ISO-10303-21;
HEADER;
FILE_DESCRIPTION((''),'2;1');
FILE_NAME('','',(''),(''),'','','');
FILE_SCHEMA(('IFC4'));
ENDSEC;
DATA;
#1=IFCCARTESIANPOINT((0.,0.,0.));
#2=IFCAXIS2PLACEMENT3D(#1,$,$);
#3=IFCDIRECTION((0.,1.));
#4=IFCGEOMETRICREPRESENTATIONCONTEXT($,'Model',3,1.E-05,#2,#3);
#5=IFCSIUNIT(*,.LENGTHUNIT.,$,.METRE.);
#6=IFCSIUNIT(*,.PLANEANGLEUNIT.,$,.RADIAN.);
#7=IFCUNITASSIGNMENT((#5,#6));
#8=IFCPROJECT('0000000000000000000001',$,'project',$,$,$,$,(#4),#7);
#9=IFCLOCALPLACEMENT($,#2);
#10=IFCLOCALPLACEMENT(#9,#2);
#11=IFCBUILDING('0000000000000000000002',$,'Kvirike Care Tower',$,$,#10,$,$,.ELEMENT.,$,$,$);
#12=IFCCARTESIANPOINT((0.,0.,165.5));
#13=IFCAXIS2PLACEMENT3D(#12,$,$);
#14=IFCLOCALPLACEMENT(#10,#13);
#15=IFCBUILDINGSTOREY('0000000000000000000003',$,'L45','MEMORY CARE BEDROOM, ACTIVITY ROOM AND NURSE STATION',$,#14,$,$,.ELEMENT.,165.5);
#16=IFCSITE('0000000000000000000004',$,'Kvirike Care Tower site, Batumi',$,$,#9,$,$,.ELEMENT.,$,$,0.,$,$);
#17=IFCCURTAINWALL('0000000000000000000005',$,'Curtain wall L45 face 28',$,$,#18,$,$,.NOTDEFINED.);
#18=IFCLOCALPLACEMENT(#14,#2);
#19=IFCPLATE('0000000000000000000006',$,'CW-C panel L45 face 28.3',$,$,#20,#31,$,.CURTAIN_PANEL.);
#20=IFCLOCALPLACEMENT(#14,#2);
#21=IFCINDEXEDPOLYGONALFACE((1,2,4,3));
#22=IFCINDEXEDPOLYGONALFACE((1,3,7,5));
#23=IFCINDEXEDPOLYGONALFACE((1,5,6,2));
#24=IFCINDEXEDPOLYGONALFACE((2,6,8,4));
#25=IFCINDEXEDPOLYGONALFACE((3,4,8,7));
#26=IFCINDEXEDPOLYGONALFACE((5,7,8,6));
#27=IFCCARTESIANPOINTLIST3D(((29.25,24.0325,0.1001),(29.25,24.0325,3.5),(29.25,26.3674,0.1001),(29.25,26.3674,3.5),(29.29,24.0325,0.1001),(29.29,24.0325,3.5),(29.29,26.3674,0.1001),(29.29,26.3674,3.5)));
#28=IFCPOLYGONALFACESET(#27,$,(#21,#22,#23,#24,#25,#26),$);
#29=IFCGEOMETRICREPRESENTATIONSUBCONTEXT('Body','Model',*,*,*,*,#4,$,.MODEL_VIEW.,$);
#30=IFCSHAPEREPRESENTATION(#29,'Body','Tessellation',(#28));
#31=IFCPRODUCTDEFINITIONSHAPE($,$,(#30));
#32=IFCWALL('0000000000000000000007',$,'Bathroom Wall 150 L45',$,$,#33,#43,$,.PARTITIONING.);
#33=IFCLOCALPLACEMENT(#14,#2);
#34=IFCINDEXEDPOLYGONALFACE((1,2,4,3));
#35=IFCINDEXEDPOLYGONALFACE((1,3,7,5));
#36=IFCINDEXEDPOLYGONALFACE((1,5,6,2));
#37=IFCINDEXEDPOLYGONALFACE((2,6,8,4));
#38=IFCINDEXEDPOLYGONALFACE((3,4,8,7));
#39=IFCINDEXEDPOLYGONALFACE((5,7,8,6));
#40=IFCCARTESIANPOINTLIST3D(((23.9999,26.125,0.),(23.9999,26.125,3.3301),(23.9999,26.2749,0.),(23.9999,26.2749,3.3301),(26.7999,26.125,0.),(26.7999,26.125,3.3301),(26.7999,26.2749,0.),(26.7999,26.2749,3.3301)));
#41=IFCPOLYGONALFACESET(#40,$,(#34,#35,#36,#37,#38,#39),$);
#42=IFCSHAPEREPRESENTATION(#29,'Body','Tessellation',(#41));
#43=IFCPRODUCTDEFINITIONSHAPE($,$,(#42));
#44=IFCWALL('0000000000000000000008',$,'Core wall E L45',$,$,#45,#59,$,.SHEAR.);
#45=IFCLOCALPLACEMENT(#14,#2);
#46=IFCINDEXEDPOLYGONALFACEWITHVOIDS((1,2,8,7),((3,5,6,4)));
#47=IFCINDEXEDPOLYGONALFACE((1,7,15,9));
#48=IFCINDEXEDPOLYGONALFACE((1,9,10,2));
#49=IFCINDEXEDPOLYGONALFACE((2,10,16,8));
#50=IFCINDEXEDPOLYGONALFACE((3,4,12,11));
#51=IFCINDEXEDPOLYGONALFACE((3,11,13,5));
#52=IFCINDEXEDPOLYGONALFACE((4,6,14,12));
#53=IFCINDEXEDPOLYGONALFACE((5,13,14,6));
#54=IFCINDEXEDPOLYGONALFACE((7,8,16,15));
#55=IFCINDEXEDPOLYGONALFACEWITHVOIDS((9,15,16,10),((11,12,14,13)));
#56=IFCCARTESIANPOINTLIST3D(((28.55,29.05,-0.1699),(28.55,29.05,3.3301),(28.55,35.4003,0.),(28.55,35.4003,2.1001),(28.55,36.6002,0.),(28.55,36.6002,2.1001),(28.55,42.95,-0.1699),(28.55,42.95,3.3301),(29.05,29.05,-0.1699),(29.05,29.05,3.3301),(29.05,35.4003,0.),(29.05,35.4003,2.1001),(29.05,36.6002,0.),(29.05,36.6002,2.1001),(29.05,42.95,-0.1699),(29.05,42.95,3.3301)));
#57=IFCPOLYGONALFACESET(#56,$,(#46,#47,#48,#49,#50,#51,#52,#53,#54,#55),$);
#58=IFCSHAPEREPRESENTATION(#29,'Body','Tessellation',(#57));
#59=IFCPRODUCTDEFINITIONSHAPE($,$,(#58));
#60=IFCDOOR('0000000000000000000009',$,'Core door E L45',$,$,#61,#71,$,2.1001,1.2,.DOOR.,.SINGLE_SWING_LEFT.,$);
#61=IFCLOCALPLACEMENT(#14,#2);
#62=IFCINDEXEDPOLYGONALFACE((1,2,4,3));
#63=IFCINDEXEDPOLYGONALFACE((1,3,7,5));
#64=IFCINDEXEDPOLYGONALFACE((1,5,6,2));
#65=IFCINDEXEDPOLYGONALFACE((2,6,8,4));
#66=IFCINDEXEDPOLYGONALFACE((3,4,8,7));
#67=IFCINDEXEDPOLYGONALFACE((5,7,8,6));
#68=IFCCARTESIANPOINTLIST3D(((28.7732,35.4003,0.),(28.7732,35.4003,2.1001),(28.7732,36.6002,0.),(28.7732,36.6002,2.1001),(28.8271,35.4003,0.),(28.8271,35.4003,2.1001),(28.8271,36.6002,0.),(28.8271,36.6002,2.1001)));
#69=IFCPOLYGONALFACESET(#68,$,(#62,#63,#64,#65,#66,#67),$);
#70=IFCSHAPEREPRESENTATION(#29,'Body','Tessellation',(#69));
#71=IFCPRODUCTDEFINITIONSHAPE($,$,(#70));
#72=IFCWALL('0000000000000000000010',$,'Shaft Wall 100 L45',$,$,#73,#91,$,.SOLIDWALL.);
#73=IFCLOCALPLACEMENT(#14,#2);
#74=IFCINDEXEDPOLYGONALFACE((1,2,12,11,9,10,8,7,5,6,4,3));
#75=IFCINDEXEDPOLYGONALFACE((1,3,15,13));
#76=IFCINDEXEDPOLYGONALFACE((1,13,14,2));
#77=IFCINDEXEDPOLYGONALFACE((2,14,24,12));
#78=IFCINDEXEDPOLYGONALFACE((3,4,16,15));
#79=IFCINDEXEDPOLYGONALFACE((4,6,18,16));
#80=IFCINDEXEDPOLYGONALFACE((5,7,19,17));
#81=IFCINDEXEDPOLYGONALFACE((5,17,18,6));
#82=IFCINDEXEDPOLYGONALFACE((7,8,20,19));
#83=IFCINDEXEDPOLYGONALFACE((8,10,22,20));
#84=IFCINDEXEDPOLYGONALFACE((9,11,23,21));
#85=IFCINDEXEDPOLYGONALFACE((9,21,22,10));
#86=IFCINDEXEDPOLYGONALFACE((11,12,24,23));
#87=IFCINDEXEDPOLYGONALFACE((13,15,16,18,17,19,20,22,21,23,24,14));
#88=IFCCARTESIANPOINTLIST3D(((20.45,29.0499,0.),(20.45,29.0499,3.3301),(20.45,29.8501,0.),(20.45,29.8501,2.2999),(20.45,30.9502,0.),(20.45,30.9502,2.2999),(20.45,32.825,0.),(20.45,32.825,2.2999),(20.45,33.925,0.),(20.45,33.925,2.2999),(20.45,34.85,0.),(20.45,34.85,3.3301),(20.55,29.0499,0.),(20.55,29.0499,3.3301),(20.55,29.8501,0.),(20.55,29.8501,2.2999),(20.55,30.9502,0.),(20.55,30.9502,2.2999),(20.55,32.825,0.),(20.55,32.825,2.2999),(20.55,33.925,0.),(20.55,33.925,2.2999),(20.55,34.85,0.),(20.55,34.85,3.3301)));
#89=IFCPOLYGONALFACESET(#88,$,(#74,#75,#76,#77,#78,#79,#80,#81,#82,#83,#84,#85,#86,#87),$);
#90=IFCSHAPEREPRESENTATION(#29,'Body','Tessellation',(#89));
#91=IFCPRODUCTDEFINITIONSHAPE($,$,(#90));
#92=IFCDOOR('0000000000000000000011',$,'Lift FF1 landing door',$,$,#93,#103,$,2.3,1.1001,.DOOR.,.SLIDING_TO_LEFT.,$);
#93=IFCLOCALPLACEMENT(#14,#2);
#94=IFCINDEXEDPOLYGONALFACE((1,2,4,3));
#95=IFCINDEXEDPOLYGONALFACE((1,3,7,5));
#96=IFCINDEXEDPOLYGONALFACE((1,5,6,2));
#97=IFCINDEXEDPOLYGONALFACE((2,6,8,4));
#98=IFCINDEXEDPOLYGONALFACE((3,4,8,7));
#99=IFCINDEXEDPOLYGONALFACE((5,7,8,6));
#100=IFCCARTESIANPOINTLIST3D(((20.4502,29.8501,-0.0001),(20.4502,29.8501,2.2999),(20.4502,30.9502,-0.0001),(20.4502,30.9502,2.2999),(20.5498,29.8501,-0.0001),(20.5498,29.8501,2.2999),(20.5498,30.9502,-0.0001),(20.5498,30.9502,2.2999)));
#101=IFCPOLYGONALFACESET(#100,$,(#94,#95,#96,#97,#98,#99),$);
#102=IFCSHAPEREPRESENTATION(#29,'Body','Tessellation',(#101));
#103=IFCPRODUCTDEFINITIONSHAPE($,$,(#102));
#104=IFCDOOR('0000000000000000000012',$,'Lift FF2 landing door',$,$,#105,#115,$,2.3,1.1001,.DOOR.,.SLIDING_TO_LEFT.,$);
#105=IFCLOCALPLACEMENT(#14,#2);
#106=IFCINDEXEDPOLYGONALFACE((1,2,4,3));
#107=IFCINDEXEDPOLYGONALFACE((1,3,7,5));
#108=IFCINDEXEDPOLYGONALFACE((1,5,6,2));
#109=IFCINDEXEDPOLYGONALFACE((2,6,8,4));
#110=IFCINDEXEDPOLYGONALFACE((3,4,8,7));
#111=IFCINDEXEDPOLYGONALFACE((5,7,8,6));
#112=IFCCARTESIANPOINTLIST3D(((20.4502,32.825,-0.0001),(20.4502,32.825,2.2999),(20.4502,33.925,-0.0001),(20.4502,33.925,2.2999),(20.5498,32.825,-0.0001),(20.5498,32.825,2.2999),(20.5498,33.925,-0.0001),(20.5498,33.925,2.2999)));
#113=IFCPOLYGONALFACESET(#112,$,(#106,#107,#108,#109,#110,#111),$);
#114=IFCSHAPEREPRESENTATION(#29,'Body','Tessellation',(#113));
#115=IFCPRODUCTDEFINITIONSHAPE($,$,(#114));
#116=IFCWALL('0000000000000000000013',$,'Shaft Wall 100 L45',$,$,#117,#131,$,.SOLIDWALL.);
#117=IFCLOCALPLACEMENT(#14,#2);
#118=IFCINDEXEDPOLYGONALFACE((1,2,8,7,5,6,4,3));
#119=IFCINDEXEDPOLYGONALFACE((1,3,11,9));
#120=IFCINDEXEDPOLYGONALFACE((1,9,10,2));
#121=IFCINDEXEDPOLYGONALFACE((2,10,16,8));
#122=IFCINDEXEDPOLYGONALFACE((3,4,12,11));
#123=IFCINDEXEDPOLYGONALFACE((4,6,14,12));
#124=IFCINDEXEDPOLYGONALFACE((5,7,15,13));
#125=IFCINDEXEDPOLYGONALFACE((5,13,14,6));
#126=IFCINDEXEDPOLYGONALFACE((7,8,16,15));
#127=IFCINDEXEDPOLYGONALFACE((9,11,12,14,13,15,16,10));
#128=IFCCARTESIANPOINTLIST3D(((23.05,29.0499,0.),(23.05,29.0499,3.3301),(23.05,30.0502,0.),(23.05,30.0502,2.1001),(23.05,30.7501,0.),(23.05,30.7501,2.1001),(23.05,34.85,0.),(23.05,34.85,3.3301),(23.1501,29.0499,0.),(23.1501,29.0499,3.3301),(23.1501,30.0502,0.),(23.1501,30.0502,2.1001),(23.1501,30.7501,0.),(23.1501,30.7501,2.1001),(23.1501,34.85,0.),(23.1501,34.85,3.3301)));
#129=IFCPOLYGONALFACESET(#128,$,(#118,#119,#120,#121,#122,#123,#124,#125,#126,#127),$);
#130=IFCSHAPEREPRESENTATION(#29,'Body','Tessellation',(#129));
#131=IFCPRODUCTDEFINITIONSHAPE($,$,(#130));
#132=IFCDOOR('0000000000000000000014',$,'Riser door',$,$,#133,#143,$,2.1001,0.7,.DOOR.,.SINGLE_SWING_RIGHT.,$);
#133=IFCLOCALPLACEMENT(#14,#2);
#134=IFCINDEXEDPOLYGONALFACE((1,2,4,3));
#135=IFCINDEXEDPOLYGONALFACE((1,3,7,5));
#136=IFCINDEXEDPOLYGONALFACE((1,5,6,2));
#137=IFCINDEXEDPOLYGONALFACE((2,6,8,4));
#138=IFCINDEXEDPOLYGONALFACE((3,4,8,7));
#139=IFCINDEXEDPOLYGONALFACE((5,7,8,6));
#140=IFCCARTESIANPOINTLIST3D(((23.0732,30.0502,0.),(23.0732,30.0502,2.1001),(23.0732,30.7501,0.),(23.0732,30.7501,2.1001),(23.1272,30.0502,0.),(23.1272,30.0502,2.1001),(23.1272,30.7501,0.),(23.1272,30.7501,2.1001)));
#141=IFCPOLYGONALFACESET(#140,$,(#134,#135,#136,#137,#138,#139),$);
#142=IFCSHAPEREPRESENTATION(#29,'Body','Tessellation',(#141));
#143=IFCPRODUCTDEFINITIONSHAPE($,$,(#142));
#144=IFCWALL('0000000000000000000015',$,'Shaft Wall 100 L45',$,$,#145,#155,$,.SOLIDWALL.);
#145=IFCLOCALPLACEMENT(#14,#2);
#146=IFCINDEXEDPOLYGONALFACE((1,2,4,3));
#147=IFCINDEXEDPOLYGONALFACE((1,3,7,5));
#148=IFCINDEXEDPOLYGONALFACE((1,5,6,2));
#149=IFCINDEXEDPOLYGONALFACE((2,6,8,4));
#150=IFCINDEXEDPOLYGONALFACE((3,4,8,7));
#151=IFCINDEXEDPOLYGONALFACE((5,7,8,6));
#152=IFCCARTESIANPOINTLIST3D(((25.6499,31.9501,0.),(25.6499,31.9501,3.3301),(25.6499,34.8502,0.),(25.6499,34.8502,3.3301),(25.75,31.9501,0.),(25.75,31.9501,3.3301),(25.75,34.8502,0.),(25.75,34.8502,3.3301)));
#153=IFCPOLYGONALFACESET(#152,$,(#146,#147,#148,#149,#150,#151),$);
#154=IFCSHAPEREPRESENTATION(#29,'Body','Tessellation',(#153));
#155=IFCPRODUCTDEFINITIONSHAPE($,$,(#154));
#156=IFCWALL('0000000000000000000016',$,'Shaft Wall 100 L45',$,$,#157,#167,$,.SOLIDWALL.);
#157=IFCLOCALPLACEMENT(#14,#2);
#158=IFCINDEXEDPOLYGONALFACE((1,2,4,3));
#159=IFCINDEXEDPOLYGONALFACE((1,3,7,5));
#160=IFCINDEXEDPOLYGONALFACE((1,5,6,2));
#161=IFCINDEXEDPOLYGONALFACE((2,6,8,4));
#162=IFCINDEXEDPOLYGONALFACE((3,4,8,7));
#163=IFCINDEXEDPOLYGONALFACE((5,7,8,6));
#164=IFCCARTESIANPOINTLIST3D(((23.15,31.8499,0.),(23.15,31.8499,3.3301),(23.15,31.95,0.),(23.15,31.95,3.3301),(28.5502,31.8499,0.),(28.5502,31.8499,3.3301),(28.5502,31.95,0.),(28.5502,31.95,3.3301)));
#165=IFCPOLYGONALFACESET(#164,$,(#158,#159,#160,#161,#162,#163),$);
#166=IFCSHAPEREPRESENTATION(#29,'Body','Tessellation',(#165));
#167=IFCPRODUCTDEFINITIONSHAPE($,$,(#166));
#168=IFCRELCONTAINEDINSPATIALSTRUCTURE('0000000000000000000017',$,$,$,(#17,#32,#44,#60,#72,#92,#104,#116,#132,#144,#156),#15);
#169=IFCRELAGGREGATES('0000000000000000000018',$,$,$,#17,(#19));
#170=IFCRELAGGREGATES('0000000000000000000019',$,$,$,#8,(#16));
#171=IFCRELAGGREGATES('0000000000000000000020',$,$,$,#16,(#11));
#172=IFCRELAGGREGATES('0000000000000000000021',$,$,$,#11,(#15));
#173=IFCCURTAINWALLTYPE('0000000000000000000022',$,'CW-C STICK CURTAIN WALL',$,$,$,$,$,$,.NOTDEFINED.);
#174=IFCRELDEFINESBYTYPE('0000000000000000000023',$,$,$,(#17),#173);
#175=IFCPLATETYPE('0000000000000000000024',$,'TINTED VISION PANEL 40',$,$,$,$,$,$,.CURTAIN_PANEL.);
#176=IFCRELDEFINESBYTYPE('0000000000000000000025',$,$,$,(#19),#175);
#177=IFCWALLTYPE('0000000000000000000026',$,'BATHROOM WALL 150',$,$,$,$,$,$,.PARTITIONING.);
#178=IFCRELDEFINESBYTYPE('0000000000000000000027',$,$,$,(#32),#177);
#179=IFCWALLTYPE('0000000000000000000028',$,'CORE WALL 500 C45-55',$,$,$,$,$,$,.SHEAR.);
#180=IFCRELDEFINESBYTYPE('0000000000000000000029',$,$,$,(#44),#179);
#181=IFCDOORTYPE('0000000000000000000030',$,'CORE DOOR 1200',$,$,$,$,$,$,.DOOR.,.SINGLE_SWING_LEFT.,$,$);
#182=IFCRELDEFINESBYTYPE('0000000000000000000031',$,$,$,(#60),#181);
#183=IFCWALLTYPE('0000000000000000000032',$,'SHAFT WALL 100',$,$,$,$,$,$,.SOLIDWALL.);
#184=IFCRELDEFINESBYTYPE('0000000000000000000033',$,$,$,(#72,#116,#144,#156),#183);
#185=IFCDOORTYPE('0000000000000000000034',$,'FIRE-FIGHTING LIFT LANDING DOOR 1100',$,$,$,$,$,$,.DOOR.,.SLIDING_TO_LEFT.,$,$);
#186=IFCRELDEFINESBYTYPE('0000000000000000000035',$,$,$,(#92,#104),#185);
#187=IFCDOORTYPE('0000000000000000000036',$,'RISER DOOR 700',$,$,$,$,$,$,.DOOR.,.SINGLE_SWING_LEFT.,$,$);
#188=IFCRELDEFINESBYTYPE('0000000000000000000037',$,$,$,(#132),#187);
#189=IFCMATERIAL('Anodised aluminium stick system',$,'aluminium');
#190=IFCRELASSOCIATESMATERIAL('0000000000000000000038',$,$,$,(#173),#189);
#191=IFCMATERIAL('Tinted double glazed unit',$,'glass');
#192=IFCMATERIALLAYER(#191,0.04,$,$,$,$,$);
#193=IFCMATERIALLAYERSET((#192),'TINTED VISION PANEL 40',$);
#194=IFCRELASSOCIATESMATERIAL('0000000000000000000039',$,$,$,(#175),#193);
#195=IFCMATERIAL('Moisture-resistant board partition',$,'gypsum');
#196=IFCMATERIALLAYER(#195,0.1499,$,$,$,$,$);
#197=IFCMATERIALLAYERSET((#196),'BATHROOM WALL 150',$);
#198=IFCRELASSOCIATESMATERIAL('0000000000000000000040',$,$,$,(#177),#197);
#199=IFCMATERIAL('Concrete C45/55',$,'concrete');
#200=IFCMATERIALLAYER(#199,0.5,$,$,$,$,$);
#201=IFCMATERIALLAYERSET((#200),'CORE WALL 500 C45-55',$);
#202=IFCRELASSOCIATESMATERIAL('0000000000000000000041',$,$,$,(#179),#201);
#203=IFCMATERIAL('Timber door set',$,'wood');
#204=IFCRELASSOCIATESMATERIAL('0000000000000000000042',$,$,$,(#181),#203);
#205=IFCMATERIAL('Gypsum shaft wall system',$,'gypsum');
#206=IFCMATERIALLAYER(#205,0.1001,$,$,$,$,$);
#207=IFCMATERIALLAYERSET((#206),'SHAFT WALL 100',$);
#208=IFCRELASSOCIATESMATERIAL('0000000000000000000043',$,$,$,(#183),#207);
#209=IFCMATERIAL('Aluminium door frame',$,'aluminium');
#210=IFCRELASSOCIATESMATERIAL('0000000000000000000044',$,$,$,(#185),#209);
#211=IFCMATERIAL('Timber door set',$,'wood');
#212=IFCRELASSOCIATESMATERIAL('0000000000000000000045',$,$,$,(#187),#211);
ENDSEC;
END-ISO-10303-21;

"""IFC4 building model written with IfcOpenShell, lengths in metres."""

from ifc_helpers import new_model, si_unit, direction, frame, frame_2d, origin, origin_2d, place, context, subcontext, project, spatial, rectangle, extrude, material, layer, layer_set, type_object, element, fill, aggregate, save


model = new_model("IFC4")

# Units and contexts
model_context = context("Model", 3, precision=1e-05, world=origin(), true_north=direction((0.0, 1.0)))
body_context = subcontext(model_context, "Body", "Model", "MODEL_VIEW")
ifc_project = project(units=[si_unit("LENGTHUNIT", "METRE"), si_unit("PLANEANGLEUNIT", "RADIAN")], contexts=[model_context])

# Site, building, storey
site_placement = place(None, origin())
site = spatial("IfcSite", under=ifc_project, at=site_placement, Name="Kvirike Care Tower site, Batumi", CompositionType="ELEMENT", RefElevation=0.0)
building_placement = place(site_placement, origin())
building = spatial("IfcBuilding", under=site, at=building_placement, Name="Kvirike Care Tower", CompositionType="ELEMENT")
storey_placement = place(building_placement, frame((0.0, 0.0, 165.5)))
storey = spatial("IfcBuildingStorey", under=building, at=storey_placement, Name="L45", Description="MEMORY CARE BEDROOM, ACTIVITY ROOM AND NURSE STATION", CompositionType="ELEMENT", Elevation=165.5)

# Curtain wall
ifc_material_1 = material(Name="Anodised aluminium stick system", Category="aluminium")
curtain_wall_type = type_object("IfcCurtainWallType", Name="CW-C STICK CURTAIN WALL", PredefinedType="NOTDEFINED", material=ifc_material_1)
curtain_wall_placement = place(storey_placement, origin())
curtain_wall = element("IfcCurtainWall", 1, at=curtain_wall_placement, inside=storey, type_object=curtain_wall_type, Name="Curtain wall L45 face 28", PredefinedType="NOTDEFINED")

# Plate
ifc_material_2 = material(Name="Tinted double glazed unit", Category="glass")
ifc_layer_1 = layer(ifc_material_2, 0.04)
ifc_layer_set_1 = layer_set([ifc_layer_1], Name="TINTED VISION PANEL 40")
plate_type = type_object("IfcPlateType", Name="TINTED VISION PANEL 40", PredefinedType="CURTAIN_PANEL", material=ifc_layer_set_1)
plate_placement = place(storey_placement, frame((29.27, 25.2, 0.1001), z_axis=(0.0, 0.0, 1.0), x_axis=(0.0, 1.0, 0.0)))
plate = element("IfcPlate", 2, at=plate_placement, type_object=plate_type, Name="CW-C panel L45 face 28.3", PredefinedType="CURTAIN_PANEL", context=body_context, shape_type="SweptSolid", body=[
    extrude(rectangle(XDim=2.335, YDim=0.04, at=origin_2d()), origin(), (0.0, 0.0, 1.0), 3.3999),
])
aggregate(curtain_wall, [plate])

# Wall
ifc_material_3 = material(Name="Moisture-resistant board partition", Category="gypsum")
ifc_layer_2 = layer(ifc_material_3, 0.1499)
ifc_layer_set_2 = layer_set([ifc_layer_2], Name="BATHROOM WALL 150")
wall_type_1 = type_object("IfcWallType", Name="BATHROOM WALL 150", PredefinedType="PARTITIONING", material=ifc_layer_set_2)
wall_1_placement = place(storey_placement, frame((24.0, 26.2, 0.0), z_axis=(0.0, 0.0, 1.0), x_axis=(1.0, 0.0, 0.0)))
element("IfcWall", 3, at=wall_1_placement, inside=storey, type_object=wall_type_1, Name="Bathroom Wall 150 L45", PredefinedType="PARTITIONING", context=body_context, shape_type="SweptSolid", body=[
    extrude(rectangle(XDim=2.8, YDim=0.1499, at=frame_2d((1.3999, 0.0))), origin(), (0.0, 0.0, 1.0), 3.3301),
])

# Wall, opening, door
ifc_material_4 = material(Name="Concrete C45/55", Category="concrete")
ifc_layer_3 = layer(ifc_material_4, 0.5)
ifc_layer_set_3 = layer_set([ifc_layer_3], Name="CORE WALL 500 C45-55")
wall_type_2 = type_object("IfcWallType", Name="CORE WALL 500 C45-55", PredefinedType="SHEAR", material=ifc_layer_set_3)
wall_2_placement = place(storey_placement, frame((28.8, 29.05, -0.1699), z_axis=(0.0, 0.0, 1.0), x_axis=(0.0, 1.0, 0.0)))
wall_2 = element("IfcWall", 4, at=wall_2_placement, inside=storey, type_object=wall_type_2, Name="Core wall E L45", PredefinedType="SHEAR", context=body_context, shape_type="SweptSolid", body=[
    extrude(rectangle(XDim=13.8999, YDim=0.5, at=frame_2d((6.95, 0.0))), origin(), (0.0, 0.0, 1.0), 3.5),
])
opening_1_placement = place(wall_2_placement, frame((6.3501, 0.0, 0.1699)))
opening_1 = element("IfcOpeningElement", 5, at=opening_1_placement, cuts=wall_2, PredefinedType="OPENING", context=body_context, shape_type="SweptSolid", body=[
    extrude(rectangle(XDim=1.2, YDim=2.1001, at=frame_2d((0.6001, 1.05))), frame((0.0, 0.2605, 0.0), z_axis=(0.0, -1.0, 0.0), x_axis=(1.0, 0.0, 0.0)), (0.0, 0.0, 1.0), 0.521),
])
ifc_material_5 = material(Name="Timber door set", Category="wood")
door_type_1 = type_object("IfcDoorType", Name="CORE DOOR 1200", OperationType="SINGLE_SWING_LEFT", PredefinedType="DOOR", material=ifc_material_5)
door_1_placement = place(opening_1_placement, origin())
door_1 = element("IfcDoor", 6, at=door_1_placement, inside=storey, type_object=door_type_1, Name="Core door E L45", OperationType="SINGLE_SWING_LEFT", OverallHeight=2.1001, OverallWidth=1.2, PredefinedType="DOOR", context=body_context, shape_type="SweptSolid", body=[
    extrude(rectangle(XDim=1.2, YDim=2.1001, at=frame_2d((0.6001, 1.05))), frame((0.0, 0.0269, 0.0), z_axis=(0.0, -1.0, 0.0), x_axis=(1.0, 0.0, 0.0)), (0.0, 0.0, 1.0), 0.054),
])
fill(opening_1, door_1)

# Wall, openings, doors
ifc_material_6 = material(Name="Gypsum shaft wall system", Category="gypsum")
ifc_layer_4 = layer(ifc_material_6, 0.1001)
ifc_layer_set_4 = layer_set([ifc_layer_4], Name="SHAFT WALL 100")
wall_type_3 = type_object("IfcWallType", Name="SHAFT WALL 100", PredefinedType="SOLIDWALL", material=ifc_layer_set_4)
wall_3_placement = place(storey_placement, frame((20.5, 29.05, 0.0), z_axis=(0.0, 0.0, 1.0), x_axis=(0.0, 1.0, 0.0)))
wall_3 = element("IfcWall", 7, at=wall_3_placement, inside=storey, type_object=wall_type_3, Name="Shaft Wall 100 L45", PredefinedType="SOLIDWALL", context=body_context, shape_type="SweptSolid", body=[
    extrude(rectangle(XDim=5.8, YDim=0.1001, at=frame_2d((2.8999, 0.0))), origin(), (0.0, 0.0, 1.0), 3.3301),
])
opening_2_placement = place(wall_3_placement, frame((0.8, 0.0, 0.0)))
opening_2 = element("IfcOpeningElement", 8, at=opening_2_placement, cuts=wall_3, PredefinedType="OPENING", context=body_context, shape_type="SweptSolid", body=[
    extrude(rectangle(XDim=1.1001, YDim=2.3, at=frame_2d((0.55, 1.1499))), frame((0.0, 0.0605, 0.0), z_axis=(0.0, -1.0, 0.0), x_axis=(1.0, 0.0, 0.0)), (0.0, 0.0, 1.0), 0.1211),
])
opening_3_placement = place(wall_3_placement, frame((3.7749, 0.0, 0.0)))
opening_3 = element("IfcOpeningElement", 9, at=opening_3_placement, cuts=wall_3, PredefinedType="OPENING", context=body_context, shape_type="SweptSolid", body=[
    extrude(rectangle(XDim=1.1001, YDim=2.3, at=frame_2d((0.55, 1.1499))), frame((0.0, 0.0605, 0.0), z_axis=(0.0, -1.0, 0.0), x_axis=(1.0, 0.0, 0.0)), (0.0, 0.0, 1.0), 0.1211),
])
ifc_material_7 = material(Name="Aluminium door frame", Category="aluminium")
door_type_2 = type_object("IfcDoorType", Name="FIRE-FIGHTING LIFT LANDING DOOR 1100", OperationType="SLIDING_TO_LEFT", PredefinedType="DOOR", material=ifc_material_7)
door_2_placement = place(opening_2_placement, origin())
door_2 = element("IfcDoor", 10, at=door_2_placement, inside=storey, type_object=door_type_2, Name="Lift FF1 landing door", OperationType="SLIDING_TO_LEFT", OverallHeight=2.3, OverallWidth=1.1001, PredefinedType="DOOR", context=body_context, shape_type="SweptSolid", body=[
    extrude(rectangle(XDim=1.1001, YDim=2.3, at=frame_2d((0.55, 1.1499))), frame((0.0, 0.0498, 0.0), z_axis=(0.0, -1.0, 0.0), x_axis=(1.0, 0.0, 0.0)), (0.0, 0.0, 1.0), 0.0996),
])
fill(opening_2, door_2)
door_3_placement = place(opening_3_placement, origin())
door_3 = element("IfcDoor", 11, at=door_3_placement, inside=storey, type_object=door_type_2, Name="Lift FF2 landing door", OperationType="SLIDING_TO_LEFT", OverallHeight=2.3, OverallWidth=1.1001, PredefinedType="DOOR", context=body_context, shape_type="SweptSolid", body=[
    extrude(rectangle(XDim=1.1001, YDim=2.3, at=frame_2d((0.55, 1.1499))), frame((0.0, 0.0498, 0.0), z_axis=(0.0, -1.0, 0.0), x_axis=(1.0, 0.0, 0.0)), (0.0, 0.0, 1.0), 0.0996),
])
fill(opening_3, door_3)

# Wall, opening, door
wall_4_placement = place(storey_placement, frame((23.1001, 29.05, 0.0), z_axis=(0.0, 0.0, 1.0), x_axis=(0.0, 1.0, 0.0)))
wall_4 = element("IfcWall", 12, at=wall_4_placement, inside=storey, type_object=wall_type_3, Name="Shaft Wall 100 L45", PredefinedType="SOLIDWALL", context=body_context, shape_type="SweptSolid", body=[
    extrude(rectangle(XDim=5.8, YDim=0.1001, at=frame_2d((2.8999, 0.0))), origin(), (0.0, 0.0, 1.0), 3.3301),
])
opening_4_placement = place(wall_4_placement, frame((1.0, 0.0, 0.0)))
opening_4 = element("IfcOpeningElement", 13, at=opening_4_placement, cuts=wall_4, PredefinedType="OPENING", context=body_context, shape_type="SweptSolid", body=[
    extrude(rectangle(XDim=0.7, YDim=2.1001, at=frame_2d((0.3501, 1.05))), frame((0.0, 0.0605, 0.0), z_axis=(0.0, -1.0, 0.0), x_axis=(1.0, 0.0, 0.0)), (0.0, 0.0, 1.0), 0.1211),
])
ifc_material_8 = material(Name="Timber door set", Category="wood")
door_type_3 = type_object("IfcDoorType", Name="RISER DOOR 700", OperationType="SINGLE_SWING_LEFT", PredefinedType="DOOR", material=ifc_material_8)
door_4_placement = place(opening_4_placement, origin())
door_4 = element("IfcDoor", 14, at=door_4_placement, inside=storey, type_object=door_type_3, Name="Riser door", OperationType="SINGLE_SWING_RIGHT", OverallHeight=2.1001, OverallWidth=0.7, PredefinedType="DOOR", context=body_context, shape_type="SweptSolid", body=[
    extrude(rectangle(XDim=0.7, YDim=2.1001, at=frame_2d((0.3501, 1.05))), frame((0.0, 0.0269, 0.0), z_axis=(0.0, -1.0, 0.0), x_axis=(1.0, 0.0, 0.0)), (0.0, 0.0, 1.0), 0.054),
])
fill(opening_4, door_4)

# Walls
wall_5_placement = place(storey_placement, frame((25.7, 31.95, 0.0), z_axis=(0.0, 0.0, 1.0), x_axis=(0.0, 1.0, 0.0)))
element("IfcWall", 15, at=wall_5_placement, inside=storey, type_object=wall_type_3, Name="Shaft Wall 100 L45", PredefinedType="SOLIDWALL", context=body_context, shape_type="SweptSolid", body=[
    extrude(rectangle(XDim=2.9001, YDim=0.1001, at=frame_2d((1.4502, 0.0))), origin(), (0.0, 0.0, 1.0), 3.3301),
])
wall_6_placement = place(storey_placement, frame((23.1499, 31.8999, 0.0), z_axis=(0.0, 0.0, 1.0), x_axis=(1.0, 0.0, 0.0)))
element("IfcWall", 16, at=wall_6_placement, inside=storey, type_object=wall_type_3, Name="Shaft Wall 100 L45", PredefinedType="SOLIDWALL", context=body_context, shape_type="SweptSolid", body=[
    extrude(rectangle(XDim=5.4001, YDim=0.1001, at=frame_2d((2.7002, 0.0))), origin(), (0.0, 0.0, 1.0), 3.3301),
])

save(model, "model.ifc")
